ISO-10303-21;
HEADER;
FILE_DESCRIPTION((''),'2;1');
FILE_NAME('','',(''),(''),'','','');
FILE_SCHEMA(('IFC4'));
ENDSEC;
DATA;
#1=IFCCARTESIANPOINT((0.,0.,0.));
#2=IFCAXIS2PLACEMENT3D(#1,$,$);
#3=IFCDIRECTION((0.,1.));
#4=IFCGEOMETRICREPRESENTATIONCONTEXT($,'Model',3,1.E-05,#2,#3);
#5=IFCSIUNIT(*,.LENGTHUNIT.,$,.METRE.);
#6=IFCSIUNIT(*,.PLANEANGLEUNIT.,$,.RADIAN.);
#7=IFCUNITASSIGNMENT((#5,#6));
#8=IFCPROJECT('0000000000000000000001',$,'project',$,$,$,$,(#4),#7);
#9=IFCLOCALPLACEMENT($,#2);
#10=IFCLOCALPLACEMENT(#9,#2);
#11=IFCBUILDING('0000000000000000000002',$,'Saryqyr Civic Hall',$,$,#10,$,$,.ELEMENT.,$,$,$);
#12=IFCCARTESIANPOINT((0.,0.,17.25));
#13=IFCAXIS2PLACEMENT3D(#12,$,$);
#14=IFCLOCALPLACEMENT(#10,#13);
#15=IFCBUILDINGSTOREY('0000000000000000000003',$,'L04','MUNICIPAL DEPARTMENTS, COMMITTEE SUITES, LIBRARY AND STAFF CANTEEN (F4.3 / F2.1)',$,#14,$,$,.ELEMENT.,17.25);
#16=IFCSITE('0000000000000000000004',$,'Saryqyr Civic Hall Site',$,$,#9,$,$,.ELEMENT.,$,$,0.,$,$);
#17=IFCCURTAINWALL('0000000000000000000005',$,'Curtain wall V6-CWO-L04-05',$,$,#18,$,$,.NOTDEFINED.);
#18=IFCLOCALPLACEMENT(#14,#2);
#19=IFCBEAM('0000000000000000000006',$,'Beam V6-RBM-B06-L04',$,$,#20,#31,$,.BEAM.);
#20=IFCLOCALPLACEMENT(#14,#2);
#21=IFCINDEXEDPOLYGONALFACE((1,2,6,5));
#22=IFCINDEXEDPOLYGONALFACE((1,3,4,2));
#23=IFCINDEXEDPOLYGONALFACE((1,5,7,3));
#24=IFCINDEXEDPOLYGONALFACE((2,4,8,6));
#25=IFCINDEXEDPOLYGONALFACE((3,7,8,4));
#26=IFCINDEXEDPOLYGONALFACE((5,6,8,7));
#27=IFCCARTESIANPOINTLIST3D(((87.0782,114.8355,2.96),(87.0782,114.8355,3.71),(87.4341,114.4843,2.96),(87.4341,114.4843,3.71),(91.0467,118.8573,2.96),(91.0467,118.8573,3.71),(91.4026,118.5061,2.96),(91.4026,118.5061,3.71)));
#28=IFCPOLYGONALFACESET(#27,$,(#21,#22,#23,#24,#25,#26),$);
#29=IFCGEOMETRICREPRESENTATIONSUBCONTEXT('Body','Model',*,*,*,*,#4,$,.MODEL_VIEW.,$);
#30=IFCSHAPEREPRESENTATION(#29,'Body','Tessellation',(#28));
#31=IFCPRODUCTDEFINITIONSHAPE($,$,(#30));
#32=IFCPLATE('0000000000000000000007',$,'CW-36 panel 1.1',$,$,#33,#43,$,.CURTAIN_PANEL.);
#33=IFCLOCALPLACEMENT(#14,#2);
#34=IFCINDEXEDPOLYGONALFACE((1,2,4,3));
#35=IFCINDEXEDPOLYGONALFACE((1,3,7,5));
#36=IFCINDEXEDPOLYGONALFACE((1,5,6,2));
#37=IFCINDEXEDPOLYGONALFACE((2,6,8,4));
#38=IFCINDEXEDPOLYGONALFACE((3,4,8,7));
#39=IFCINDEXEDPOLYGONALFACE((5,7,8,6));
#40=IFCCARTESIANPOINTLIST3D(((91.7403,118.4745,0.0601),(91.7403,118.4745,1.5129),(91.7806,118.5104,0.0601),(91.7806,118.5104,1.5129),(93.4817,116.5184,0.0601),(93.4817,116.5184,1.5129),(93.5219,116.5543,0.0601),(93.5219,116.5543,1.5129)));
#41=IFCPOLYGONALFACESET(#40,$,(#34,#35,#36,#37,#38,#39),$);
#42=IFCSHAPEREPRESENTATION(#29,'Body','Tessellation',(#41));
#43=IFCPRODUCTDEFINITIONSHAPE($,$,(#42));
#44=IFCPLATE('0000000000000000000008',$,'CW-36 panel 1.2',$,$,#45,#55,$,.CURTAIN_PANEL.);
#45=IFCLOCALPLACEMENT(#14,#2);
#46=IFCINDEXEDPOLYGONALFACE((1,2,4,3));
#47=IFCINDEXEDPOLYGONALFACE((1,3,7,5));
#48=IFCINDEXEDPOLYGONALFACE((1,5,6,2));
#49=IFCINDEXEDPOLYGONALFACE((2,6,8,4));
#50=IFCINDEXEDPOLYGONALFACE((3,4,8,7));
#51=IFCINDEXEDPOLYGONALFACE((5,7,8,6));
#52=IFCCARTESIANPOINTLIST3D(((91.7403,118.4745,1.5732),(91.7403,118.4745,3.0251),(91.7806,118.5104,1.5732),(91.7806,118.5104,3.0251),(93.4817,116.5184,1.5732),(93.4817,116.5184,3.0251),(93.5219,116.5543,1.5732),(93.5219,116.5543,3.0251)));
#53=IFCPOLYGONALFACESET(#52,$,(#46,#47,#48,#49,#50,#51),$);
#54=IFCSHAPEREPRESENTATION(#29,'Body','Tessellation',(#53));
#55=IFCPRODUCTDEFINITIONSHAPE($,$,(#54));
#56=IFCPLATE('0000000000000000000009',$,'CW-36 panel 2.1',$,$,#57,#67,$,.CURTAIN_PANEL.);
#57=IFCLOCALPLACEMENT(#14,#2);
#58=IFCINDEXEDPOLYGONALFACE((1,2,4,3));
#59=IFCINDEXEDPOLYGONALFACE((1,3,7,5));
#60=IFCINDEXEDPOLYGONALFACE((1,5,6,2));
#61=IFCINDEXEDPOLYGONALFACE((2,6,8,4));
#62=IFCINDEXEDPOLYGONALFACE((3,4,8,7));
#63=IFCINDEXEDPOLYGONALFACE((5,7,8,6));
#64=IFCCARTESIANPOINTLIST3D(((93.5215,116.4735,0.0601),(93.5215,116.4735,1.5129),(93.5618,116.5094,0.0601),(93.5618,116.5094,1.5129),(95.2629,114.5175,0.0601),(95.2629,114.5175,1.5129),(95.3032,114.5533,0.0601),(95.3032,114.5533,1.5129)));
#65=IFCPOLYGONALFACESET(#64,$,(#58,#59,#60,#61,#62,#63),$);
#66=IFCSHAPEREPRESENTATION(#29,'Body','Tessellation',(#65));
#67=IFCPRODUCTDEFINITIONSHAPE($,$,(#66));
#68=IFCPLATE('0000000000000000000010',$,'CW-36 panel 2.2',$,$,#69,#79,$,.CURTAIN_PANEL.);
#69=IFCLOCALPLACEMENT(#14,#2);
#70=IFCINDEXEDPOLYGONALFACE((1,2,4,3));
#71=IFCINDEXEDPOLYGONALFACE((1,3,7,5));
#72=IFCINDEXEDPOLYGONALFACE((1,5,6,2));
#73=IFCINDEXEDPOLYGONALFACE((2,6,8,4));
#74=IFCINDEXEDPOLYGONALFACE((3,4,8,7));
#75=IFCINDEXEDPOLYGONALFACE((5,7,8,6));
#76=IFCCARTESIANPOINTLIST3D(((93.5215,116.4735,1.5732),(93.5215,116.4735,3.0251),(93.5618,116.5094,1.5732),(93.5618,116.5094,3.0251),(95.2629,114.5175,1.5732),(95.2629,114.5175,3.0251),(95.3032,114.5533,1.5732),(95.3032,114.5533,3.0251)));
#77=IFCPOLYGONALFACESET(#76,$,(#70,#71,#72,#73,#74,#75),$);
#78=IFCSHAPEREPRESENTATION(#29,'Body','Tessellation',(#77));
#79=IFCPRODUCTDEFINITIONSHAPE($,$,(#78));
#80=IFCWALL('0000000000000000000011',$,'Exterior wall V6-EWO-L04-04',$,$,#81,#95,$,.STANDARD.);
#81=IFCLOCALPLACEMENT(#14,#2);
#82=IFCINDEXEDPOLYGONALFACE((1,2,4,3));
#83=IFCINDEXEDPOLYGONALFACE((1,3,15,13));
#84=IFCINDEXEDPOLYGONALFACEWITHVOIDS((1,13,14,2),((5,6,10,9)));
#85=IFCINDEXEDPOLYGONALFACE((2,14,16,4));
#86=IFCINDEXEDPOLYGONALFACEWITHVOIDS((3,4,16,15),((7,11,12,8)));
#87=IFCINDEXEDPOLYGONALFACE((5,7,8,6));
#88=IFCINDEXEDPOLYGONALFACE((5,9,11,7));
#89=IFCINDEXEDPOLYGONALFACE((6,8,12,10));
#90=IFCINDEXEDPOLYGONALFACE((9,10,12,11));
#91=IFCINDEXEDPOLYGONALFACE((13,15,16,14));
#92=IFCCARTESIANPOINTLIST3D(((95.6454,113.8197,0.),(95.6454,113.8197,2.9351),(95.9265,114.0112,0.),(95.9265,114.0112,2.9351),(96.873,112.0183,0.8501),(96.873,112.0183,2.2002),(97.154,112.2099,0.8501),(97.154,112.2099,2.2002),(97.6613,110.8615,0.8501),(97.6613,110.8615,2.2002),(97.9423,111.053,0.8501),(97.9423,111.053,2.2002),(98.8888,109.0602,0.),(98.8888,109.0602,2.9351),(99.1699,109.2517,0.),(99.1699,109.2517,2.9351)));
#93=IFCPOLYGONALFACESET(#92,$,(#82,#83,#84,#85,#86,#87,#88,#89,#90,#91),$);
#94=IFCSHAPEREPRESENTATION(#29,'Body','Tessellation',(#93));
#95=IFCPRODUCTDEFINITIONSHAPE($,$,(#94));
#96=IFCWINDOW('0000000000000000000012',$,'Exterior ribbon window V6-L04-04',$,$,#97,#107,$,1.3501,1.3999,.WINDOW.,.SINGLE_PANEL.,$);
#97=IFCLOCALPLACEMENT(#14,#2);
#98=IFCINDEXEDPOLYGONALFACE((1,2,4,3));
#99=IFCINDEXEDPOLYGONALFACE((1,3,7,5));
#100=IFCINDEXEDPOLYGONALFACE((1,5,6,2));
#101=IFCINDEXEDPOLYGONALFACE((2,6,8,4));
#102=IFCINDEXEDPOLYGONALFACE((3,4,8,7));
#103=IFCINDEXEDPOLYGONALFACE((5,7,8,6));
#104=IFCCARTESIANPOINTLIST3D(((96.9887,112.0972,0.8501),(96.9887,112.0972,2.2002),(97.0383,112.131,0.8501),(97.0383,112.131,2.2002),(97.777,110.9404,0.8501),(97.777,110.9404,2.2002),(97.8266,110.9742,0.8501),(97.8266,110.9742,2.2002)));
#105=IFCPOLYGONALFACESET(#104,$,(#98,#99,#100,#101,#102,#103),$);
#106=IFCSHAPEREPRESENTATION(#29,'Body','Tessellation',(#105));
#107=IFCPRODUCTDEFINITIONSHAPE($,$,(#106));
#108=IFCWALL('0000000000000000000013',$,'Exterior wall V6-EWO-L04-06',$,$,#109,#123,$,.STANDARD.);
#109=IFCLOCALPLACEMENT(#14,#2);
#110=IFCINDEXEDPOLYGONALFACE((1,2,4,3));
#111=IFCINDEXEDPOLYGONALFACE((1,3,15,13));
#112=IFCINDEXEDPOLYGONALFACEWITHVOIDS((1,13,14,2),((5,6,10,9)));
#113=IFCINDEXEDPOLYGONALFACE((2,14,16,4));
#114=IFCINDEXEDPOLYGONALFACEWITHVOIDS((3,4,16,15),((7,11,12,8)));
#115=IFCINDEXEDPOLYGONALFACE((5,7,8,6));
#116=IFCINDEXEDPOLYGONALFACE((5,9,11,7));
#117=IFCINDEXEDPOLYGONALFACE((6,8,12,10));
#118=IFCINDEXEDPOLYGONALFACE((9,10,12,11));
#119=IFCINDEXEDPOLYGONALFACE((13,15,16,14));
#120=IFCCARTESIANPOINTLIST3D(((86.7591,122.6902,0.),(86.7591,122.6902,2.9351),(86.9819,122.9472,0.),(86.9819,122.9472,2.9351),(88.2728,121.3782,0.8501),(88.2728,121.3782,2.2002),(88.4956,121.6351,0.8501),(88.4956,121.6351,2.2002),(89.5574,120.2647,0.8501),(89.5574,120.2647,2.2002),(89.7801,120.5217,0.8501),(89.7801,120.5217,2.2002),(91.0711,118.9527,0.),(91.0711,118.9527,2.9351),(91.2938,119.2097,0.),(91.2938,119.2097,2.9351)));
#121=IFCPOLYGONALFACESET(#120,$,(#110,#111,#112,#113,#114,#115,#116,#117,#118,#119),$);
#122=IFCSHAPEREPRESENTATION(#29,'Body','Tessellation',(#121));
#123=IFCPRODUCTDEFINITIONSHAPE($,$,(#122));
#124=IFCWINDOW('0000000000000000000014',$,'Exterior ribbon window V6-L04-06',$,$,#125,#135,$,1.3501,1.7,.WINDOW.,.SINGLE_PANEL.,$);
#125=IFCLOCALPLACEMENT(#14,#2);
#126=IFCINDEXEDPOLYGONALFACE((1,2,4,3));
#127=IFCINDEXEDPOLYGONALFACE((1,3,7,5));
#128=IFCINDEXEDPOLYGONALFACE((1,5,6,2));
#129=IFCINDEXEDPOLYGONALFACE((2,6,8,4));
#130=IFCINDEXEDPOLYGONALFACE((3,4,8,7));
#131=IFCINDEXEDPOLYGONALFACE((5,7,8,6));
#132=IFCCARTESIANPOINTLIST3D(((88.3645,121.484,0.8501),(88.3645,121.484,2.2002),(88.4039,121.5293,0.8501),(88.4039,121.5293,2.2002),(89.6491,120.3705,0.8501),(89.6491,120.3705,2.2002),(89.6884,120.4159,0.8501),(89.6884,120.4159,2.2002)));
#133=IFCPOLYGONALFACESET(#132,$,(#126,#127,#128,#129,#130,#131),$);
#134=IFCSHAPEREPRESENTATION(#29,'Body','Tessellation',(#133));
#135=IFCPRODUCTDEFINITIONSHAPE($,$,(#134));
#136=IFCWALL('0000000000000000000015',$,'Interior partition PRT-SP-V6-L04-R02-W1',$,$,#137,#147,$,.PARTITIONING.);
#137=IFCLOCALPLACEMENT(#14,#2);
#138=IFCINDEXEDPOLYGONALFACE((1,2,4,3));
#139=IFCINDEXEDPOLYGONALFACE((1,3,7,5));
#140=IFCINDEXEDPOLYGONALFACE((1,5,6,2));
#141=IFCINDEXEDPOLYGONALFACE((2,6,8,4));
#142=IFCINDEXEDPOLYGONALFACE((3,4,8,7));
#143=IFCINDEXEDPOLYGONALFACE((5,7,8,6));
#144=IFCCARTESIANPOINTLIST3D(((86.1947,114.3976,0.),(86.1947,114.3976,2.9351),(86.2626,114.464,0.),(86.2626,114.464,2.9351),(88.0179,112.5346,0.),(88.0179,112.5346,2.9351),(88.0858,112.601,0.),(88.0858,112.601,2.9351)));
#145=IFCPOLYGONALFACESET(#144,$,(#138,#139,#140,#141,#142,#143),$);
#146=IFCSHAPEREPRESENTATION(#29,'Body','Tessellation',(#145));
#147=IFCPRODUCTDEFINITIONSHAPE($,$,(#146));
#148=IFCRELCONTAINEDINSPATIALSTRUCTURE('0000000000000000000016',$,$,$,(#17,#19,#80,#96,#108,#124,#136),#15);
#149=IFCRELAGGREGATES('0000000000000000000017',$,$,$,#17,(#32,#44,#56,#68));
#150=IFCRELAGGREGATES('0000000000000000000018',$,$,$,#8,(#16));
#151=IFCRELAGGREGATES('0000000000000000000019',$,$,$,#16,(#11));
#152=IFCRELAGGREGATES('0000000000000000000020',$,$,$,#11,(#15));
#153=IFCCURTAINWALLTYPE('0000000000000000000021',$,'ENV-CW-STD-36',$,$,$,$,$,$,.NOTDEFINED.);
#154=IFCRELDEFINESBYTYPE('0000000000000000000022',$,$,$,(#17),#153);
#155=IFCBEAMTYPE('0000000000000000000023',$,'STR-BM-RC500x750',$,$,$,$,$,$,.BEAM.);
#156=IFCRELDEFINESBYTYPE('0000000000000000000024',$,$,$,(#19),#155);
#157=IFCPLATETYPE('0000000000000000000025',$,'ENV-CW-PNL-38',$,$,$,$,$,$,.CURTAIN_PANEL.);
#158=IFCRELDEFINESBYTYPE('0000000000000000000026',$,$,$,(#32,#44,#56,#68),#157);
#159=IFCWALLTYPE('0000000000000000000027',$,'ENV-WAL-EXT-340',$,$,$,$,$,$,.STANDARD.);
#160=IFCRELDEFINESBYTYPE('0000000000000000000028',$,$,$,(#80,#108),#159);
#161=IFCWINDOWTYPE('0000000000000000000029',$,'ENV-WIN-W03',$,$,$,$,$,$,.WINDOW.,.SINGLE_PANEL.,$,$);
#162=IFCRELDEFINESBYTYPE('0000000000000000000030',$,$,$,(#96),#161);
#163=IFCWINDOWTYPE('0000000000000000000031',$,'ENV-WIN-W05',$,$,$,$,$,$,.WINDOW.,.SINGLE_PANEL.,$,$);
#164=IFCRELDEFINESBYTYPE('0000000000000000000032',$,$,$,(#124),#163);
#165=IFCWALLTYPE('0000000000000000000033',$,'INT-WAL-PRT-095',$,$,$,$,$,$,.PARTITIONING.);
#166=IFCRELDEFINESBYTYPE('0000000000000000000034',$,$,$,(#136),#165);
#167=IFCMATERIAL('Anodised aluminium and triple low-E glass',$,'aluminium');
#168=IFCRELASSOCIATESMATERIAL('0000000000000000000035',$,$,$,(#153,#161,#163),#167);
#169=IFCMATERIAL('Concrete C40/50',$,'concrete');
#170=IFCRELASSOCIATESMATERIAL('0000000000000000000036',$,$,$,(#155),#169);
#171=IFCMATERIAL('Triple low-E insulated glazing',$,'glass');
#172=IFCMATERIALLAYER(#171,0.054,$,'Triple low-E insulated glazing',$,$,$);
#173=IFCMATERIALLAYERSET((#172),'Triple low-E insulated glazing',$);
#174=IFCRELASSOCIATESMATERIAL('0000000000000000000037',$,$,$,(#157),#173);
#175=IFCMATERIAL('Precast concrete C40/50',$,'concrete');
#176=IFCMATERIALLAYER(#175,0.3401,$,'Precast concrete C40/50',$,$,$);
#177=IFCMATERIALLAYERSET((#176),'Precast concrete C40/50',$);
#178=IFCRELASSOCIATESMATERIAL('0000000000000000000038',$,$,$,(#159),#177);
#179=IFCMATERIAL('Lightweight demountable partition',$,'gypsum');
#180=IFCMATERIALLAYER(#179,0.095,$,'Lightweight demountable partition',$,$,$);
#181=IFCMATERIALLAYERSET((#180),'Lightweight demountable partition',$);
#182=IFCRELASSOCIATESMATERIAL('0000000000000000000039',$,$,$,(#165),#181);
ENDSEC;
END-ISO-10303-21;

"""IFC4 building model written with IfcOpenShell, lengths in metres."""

from ifc_helpers import new_model, si_unit, direction, frame, frame_2d, origin, origin_2d, place, context, subcontext, project, spatial, rectangle, extrude, material, layer, layer_set, material_profile, profile_set, type_object, element, fill, aggregate, save


model = new_model("IFC4")

# Units and contexts
model_context = context("Model", 3, precision=1e-05, world=origin(), true_north=direction((0.0, 1.0)))
body_context = subcontext(model_context, "Body", "Model", "MODEL_VIEW")
ifc_project = project(units=[si_unit("LENGTHUNIT", "METRE"), si_unit("PLANEANGLEUNIT", "RADIAN")], contexts=[model_context])

# Site, building, storey
site_placement = place(None, origin())
site = spatial("IfcSite", under=ifc_project, at=site_placement, Name="Saryqyr Civic Hall Site", CompositionType="ELEMENT", RefElevation=0.0)
building_placement = place(site_placement, origin())
building = spatial("IfcBuilding", under=site, at=building_placement, Name="Saryqyr Civic Hall", CompositionType="ELEMENT")
storey_placement = place(building_placement, frame((0.0, 0.0, 17.25)))
storey = spatial("IfcBuildingStorey", under=building, at=storey_placement, Name="L04", Description="MUNICIPAL DEPARTMENTS, COMMITTEE SUITES, LIBRARY AND STAFF CANTEEN (F4.3 / F2.1)", CompositionType="ELEMENT", Elevation=17.25)

# Shared definitions
ifc_material_1 = material(Name="Concrete C40/50", Category="concrete")

# Curtain wall
ifc_material_2 = material(Name="Anodised aluminium and triple low-E glass", Category="aluminium")
curtain_wall_type = type_object("IfcCurtainWallType", Name="ENV-CW-STD-36", PredefinedType="NOTDEFINED", material=ifc_material_2)
curtain_wall_placement = place(storey_placement, origin())
curtain_wall = element("IfcCurtainWall", 1, at=curtain_wall_placement, inside=storey, type_object=curtain_wall_type, Name="Curtain wall V6-CWO-L04-05", PredefinedType="NOTDEFINED")

# Beam
ifc_material_profile_1 = material_profile(ifc_material_1, rectangle(XDim=0.5, YDim=0.75, at=origin_2d()), Name="RC 500x750")
ifc_profile_set_1 = profile_set([ifc_material_profile_1], Name="Concrete C40/50")
beam_type_1 = type_object("IfcBeamType", Name="STR-BM-RC500x750", PredefinedType="BEAM", material=ifc_profile_set_1)
beam_placement = place(storey_placement, frame((87.2561, 114.6599, 3.335), z_axis=(0.702381, 0.711801, 0.0), x_axis=(-0.711801, 0.702381, 0.0)))
element("IfcBeam", 2, at=beam_placement, inside=storey, type_object=beam_type_1, Name="Beam V6-RBM-B06-L04", PredefinedType="BEAM", context=body_context, shape_type="SweptSolid", body=[
    extrude(rectangle(XDim=0.5, YDim=0.75, at=origin_2d()), origin(), (0.0, 0.0, 1.0), 5.6501),
])

# Plates
ifc_material_3 = material(Name="Triple low-E insulated glazing", Category="glass")
ifc_layer_1 = layer(ifc_material_3, 0.054, Name="Triple low-E insulated glazing")
ifc_layer_set_1 = layer_set([ifc_layer_1], Name="Triple low-E insulated glazing")
plate_type = type_object("IfcPlateType", Name="ENV-CW-PNL-38", PredefinedType="CURTAIN_PANEL", material=ifc_layer_set_1)
plate_1_placement = place(storey_placement, frame((92.6311, 117.5144, 0.0601), z_axis=(0.0, 0.0, 1.0), x_axis=(0.664934, -0.746902, 0.0)))
plate_1 = element("IfcPlate", 3, at=plate_1_placement, type_object=plate_type, Name="CW-36 panel 1.1", PredefinedType="CURTAIN_PANEL", context=body_context, shape_type="SweptSolid", body=[
    extrude(rectangle(XDim=2.6189, YDim=0.054, at=origin_2d()), origin(), (0.0, 0.0, 1.0), 1.4529),
])
plate_2_placement = place(storey_placement, frame((92.6311, 117.5144, 1.5732), z_axis=(0.0, 0.0, 1.0), x_axis=(0.664934, -0.746902, 0.0)))
plate_2 = element("IfcPlate", 4, at=plate_2_placement, type_object=plate_type, Name="CW-36 panel 1.2", PredefinedType="CURTAIN_PANEL", context=body_context, shape_type="SweptSolid", body=[
    extrude(rectangle(XDim=2.6189, YDim=0.054, at=origin_2d()), origin(), (0.0, 0.0, 1.0), 1.4519),
])
plate_3_placement = place(storey_placement, frame((94.4124, 115.5134, 0.0601), z_axis=(0.0, 0.0, 1.0), x_axis=(0.664934, -0.746902, 0.0)))
plate_3 = element("IfcPlate", 5, at=plate_3_placement, type_object=plate_type, Name="CW-36 panel 2.1", PredefinedType="CURTAIN_PANEL", context=body_context, shape_type="SweptSolid", body=[
    extrude(rectangle(XDim=2.6189, YDim=0.054, at=origin_2d()), origin(), (0.0, 0.0, 1.0), 1.4529),
])
plate_4_placement = place(storey_placement, frame((94.4124, 115.5134, 1.5732), z_axis=(0.0, 0.0, 1.0), x_axis=(0.664934, -0.746902, 0.0)))
plate_4 = element("IfcPlate", 6, at=plate_4_placement, type_object=plate_type, Name="CW-36 panel 2.2", PredefinedType="CURTAIN_PANEL", context=body_context, shape_type="SweptSolid", body=[
    extrude(rectangle(XDim=2.6189, YDim=0.054, at=origin_2d()), origin(), (0.0, 0.0, 1.0), 1.4519),
])
aggregate(curtain_wall, [plate_1, plate_2, plate_3, plate_4])

# Walls, openings, windows
ifc_material_4 = material(Name="Precast concrete C40/50", Category="concrete")
ifc_layer_2 = layer(ifc_material_4, 0.3401, Name="Precast concrete C40/50")
ifc_layer_set_2 = layer_set([ifc_layer_2], Name="Precast concrete C40/50")
wall_type_1 = type_object("IfcWallType", Name="ENV-WAL-EXT-340", PredefinedType="STANDARD", material=ifc_layer_set_2)
wall_1_placement = place(storey_placement, frame((95.7859, 113.9155, 0.0), z_axis=(0.0, 0.0, 1.0), x_axis=(0.563133, -0.826366, 0.0)))
wall_1 = element("IfcWall", 7, at=wall_1_placement, inside=storey, type_object=wall_type_1, Name="Exterior wall V6-EWO-L04-04", PredefinedType="STANDARD", context=body_context, shape_type="SweptSolid", body=[
    extrude(rectangle(XDim=5.7595, YDim=0.3401, at=frame_2d((2.8799, 0.0))), origin(), (0.0, 0.0, 1.0), 2.9351),
])
opening_1_placement = place(wall_1_placement, frame((2.1799, 0.0, 0.8501)))
opening_1 = element("IfcOpeningElement", 8, at=opening_1_placement, cuts=wall_1, PredefinedType="OPENING", context=body_context, shape_type="SweptSolid", body=[
    extrude(rectangle(XDim=1.3999, YDim=1.3501, at=frame_2d((0.7, 0.675))), frame((0.0, 0.1799, 0.0), z_axis=(0.0, -1.0, 0.0), x_axis=(1.0, 0.0, 0.0)), (0.0, 0.0, 1.0), 0.3601),
])
window_type_1 = type_object("IfcWindowType", Name="ENV-WIN-W03", PartitioningType="SINGLE_PANEL", PredefinedType="WINDOW", material=ifc_material_2)
window_1_placement = place(opening_1_placement, origin())
window_1 = element("IfcWindow", 9, at=window_1_placement, inside=storey, type_object=window_type_1, Name="Exterior ribbon window V6-L04-04", OverallHeight=1.3501, OverallWidth=1.3999, PartitioningType="SINGLE_PANEL", PredefinedType="WINDOW", context=body_context, shape_type="SweptSolid", body=[
    extrude(rectangle(XDim=1.3999, YDim=1.3501, at=frame_2d((0.7, 0.675))), frame((0.0, 0.03, 0.0), z_axis=(0.0, -1.0, 0.0), x_axis=(1.0, 0.0, 0.0)), (0.0, 0.0, 1.0), 0.0601),
])
fill(opening_1, window_1)
wall_2_placement = place(storey_placement, frame((86.8706, 122.8186, 0.0), z_axis=(0.0, 0.0, 1.0), x_axis=(0.755648, -0.654978, 0.0)))
wall_2 = element("IfcWall", 10, at=wall_2_placement, inside=storey, type_object=wall_type_1, Name="Exterior wall V6-EWO-L04-06", PredefinedType="STANDARD", context=body_context, shape_type="SweptSolid", body=[
    extrude(rectangle(XDim=5.7063, YDim=0.3401, at=frame_2d((2.853, 0.0))), origin(), (0.0, 0.0, 1.0), 2.9351),
])
opening_2_placement = place(wall_2_placement, frame((2.0029, 0.0, 0.8501)))
opening_2 = element("IfcOpeningElement", 11, at=opening_2_placement, cuts=wall_2, PredefinedType="OPENING", context=body_context, shape_type="SweptSolid", body=[
    extrude(rectangle(XDim=1.7, YDim=1.3501, at=frame_2d((0.8501, 0.675))), frame((0.0, 0.1799, 0.0), z_axis=(0.0, -1.0, 0.0), x_axis=(1.0, 0.0, 0.0)), (0.0, 0.0, 1.0), 0.3601),
])
window_type_2 = type_object("IfcWindowType", Name="ENV-WIN-W05", PartitioningType="SINGLE_PANEL", PredefinedType="WINDOW", material=ifc_material_2)
window_2_placement = place(opening_2_placement, origin())
window_2 = element("IfcWindow", 12, at=window_2_placement, inside=storey, type_object=window_type_2, Name="Exterior ribbon window V6-L04-06", OverallHeight=1.3501, OverallWidth=1.7, PartitioningType="SINGLE_PANEL", PredefinedType="WINDOW", context=body_context, shape_type="SweptSolid", body=[
    extrude(rectangle(XDim=1.7, YDim=1.3501, at=frame_2d((0.8501, 0.675))), frame((0.0, 0.03, 0.0), z_axis=(0.0, -1.0, 0.0), x_axis=(1.0, 0.0, 0.0)), (0.0, 0.0, 1.0), 0.0601),
])
fill(opening_2, window_2)

# Wall
ifc_material_5 = material(Name="Lightweight demountable partition", Category="gypsum")
ifc_layer_3 = layer(ifc_material_5, 0.095, Name="Lightweight demountable partition")
ifc_layer_set_3 = layer_set([ifc_layer_3], Name="Lightweight demountable partition")
wall_type_2 = type_object("IfcWallType", Name="INT-WAL-PRT-095", PredefinedType="PARTITIONING", material=ifc_layer_set_3)
wall_3_placement = place(storey_placement, frame((88.0518, 112.5679, 0.0), z_axis=(0.0, 0.0, 1.0), x_axis=(-0.699433, 0.714699, 0.0)))
element("IfcWall", 13, at=wall_3_placement, inside=storey, type_object=wall_type_2, Name="Interior partition PRT-SP-V6-L04-R02-W1", PredefinedType="PARTITIONING", context=body_context, shape_type="SweptSolid", body=[
    extrude(rectangle(XDim=2.6067, YDim=0.095, at=frame_2d((1.3032, 0.0))), origin(), (0.0, 0.0, 1.0), 2.9351),
])

save(model, "model.ifc")
